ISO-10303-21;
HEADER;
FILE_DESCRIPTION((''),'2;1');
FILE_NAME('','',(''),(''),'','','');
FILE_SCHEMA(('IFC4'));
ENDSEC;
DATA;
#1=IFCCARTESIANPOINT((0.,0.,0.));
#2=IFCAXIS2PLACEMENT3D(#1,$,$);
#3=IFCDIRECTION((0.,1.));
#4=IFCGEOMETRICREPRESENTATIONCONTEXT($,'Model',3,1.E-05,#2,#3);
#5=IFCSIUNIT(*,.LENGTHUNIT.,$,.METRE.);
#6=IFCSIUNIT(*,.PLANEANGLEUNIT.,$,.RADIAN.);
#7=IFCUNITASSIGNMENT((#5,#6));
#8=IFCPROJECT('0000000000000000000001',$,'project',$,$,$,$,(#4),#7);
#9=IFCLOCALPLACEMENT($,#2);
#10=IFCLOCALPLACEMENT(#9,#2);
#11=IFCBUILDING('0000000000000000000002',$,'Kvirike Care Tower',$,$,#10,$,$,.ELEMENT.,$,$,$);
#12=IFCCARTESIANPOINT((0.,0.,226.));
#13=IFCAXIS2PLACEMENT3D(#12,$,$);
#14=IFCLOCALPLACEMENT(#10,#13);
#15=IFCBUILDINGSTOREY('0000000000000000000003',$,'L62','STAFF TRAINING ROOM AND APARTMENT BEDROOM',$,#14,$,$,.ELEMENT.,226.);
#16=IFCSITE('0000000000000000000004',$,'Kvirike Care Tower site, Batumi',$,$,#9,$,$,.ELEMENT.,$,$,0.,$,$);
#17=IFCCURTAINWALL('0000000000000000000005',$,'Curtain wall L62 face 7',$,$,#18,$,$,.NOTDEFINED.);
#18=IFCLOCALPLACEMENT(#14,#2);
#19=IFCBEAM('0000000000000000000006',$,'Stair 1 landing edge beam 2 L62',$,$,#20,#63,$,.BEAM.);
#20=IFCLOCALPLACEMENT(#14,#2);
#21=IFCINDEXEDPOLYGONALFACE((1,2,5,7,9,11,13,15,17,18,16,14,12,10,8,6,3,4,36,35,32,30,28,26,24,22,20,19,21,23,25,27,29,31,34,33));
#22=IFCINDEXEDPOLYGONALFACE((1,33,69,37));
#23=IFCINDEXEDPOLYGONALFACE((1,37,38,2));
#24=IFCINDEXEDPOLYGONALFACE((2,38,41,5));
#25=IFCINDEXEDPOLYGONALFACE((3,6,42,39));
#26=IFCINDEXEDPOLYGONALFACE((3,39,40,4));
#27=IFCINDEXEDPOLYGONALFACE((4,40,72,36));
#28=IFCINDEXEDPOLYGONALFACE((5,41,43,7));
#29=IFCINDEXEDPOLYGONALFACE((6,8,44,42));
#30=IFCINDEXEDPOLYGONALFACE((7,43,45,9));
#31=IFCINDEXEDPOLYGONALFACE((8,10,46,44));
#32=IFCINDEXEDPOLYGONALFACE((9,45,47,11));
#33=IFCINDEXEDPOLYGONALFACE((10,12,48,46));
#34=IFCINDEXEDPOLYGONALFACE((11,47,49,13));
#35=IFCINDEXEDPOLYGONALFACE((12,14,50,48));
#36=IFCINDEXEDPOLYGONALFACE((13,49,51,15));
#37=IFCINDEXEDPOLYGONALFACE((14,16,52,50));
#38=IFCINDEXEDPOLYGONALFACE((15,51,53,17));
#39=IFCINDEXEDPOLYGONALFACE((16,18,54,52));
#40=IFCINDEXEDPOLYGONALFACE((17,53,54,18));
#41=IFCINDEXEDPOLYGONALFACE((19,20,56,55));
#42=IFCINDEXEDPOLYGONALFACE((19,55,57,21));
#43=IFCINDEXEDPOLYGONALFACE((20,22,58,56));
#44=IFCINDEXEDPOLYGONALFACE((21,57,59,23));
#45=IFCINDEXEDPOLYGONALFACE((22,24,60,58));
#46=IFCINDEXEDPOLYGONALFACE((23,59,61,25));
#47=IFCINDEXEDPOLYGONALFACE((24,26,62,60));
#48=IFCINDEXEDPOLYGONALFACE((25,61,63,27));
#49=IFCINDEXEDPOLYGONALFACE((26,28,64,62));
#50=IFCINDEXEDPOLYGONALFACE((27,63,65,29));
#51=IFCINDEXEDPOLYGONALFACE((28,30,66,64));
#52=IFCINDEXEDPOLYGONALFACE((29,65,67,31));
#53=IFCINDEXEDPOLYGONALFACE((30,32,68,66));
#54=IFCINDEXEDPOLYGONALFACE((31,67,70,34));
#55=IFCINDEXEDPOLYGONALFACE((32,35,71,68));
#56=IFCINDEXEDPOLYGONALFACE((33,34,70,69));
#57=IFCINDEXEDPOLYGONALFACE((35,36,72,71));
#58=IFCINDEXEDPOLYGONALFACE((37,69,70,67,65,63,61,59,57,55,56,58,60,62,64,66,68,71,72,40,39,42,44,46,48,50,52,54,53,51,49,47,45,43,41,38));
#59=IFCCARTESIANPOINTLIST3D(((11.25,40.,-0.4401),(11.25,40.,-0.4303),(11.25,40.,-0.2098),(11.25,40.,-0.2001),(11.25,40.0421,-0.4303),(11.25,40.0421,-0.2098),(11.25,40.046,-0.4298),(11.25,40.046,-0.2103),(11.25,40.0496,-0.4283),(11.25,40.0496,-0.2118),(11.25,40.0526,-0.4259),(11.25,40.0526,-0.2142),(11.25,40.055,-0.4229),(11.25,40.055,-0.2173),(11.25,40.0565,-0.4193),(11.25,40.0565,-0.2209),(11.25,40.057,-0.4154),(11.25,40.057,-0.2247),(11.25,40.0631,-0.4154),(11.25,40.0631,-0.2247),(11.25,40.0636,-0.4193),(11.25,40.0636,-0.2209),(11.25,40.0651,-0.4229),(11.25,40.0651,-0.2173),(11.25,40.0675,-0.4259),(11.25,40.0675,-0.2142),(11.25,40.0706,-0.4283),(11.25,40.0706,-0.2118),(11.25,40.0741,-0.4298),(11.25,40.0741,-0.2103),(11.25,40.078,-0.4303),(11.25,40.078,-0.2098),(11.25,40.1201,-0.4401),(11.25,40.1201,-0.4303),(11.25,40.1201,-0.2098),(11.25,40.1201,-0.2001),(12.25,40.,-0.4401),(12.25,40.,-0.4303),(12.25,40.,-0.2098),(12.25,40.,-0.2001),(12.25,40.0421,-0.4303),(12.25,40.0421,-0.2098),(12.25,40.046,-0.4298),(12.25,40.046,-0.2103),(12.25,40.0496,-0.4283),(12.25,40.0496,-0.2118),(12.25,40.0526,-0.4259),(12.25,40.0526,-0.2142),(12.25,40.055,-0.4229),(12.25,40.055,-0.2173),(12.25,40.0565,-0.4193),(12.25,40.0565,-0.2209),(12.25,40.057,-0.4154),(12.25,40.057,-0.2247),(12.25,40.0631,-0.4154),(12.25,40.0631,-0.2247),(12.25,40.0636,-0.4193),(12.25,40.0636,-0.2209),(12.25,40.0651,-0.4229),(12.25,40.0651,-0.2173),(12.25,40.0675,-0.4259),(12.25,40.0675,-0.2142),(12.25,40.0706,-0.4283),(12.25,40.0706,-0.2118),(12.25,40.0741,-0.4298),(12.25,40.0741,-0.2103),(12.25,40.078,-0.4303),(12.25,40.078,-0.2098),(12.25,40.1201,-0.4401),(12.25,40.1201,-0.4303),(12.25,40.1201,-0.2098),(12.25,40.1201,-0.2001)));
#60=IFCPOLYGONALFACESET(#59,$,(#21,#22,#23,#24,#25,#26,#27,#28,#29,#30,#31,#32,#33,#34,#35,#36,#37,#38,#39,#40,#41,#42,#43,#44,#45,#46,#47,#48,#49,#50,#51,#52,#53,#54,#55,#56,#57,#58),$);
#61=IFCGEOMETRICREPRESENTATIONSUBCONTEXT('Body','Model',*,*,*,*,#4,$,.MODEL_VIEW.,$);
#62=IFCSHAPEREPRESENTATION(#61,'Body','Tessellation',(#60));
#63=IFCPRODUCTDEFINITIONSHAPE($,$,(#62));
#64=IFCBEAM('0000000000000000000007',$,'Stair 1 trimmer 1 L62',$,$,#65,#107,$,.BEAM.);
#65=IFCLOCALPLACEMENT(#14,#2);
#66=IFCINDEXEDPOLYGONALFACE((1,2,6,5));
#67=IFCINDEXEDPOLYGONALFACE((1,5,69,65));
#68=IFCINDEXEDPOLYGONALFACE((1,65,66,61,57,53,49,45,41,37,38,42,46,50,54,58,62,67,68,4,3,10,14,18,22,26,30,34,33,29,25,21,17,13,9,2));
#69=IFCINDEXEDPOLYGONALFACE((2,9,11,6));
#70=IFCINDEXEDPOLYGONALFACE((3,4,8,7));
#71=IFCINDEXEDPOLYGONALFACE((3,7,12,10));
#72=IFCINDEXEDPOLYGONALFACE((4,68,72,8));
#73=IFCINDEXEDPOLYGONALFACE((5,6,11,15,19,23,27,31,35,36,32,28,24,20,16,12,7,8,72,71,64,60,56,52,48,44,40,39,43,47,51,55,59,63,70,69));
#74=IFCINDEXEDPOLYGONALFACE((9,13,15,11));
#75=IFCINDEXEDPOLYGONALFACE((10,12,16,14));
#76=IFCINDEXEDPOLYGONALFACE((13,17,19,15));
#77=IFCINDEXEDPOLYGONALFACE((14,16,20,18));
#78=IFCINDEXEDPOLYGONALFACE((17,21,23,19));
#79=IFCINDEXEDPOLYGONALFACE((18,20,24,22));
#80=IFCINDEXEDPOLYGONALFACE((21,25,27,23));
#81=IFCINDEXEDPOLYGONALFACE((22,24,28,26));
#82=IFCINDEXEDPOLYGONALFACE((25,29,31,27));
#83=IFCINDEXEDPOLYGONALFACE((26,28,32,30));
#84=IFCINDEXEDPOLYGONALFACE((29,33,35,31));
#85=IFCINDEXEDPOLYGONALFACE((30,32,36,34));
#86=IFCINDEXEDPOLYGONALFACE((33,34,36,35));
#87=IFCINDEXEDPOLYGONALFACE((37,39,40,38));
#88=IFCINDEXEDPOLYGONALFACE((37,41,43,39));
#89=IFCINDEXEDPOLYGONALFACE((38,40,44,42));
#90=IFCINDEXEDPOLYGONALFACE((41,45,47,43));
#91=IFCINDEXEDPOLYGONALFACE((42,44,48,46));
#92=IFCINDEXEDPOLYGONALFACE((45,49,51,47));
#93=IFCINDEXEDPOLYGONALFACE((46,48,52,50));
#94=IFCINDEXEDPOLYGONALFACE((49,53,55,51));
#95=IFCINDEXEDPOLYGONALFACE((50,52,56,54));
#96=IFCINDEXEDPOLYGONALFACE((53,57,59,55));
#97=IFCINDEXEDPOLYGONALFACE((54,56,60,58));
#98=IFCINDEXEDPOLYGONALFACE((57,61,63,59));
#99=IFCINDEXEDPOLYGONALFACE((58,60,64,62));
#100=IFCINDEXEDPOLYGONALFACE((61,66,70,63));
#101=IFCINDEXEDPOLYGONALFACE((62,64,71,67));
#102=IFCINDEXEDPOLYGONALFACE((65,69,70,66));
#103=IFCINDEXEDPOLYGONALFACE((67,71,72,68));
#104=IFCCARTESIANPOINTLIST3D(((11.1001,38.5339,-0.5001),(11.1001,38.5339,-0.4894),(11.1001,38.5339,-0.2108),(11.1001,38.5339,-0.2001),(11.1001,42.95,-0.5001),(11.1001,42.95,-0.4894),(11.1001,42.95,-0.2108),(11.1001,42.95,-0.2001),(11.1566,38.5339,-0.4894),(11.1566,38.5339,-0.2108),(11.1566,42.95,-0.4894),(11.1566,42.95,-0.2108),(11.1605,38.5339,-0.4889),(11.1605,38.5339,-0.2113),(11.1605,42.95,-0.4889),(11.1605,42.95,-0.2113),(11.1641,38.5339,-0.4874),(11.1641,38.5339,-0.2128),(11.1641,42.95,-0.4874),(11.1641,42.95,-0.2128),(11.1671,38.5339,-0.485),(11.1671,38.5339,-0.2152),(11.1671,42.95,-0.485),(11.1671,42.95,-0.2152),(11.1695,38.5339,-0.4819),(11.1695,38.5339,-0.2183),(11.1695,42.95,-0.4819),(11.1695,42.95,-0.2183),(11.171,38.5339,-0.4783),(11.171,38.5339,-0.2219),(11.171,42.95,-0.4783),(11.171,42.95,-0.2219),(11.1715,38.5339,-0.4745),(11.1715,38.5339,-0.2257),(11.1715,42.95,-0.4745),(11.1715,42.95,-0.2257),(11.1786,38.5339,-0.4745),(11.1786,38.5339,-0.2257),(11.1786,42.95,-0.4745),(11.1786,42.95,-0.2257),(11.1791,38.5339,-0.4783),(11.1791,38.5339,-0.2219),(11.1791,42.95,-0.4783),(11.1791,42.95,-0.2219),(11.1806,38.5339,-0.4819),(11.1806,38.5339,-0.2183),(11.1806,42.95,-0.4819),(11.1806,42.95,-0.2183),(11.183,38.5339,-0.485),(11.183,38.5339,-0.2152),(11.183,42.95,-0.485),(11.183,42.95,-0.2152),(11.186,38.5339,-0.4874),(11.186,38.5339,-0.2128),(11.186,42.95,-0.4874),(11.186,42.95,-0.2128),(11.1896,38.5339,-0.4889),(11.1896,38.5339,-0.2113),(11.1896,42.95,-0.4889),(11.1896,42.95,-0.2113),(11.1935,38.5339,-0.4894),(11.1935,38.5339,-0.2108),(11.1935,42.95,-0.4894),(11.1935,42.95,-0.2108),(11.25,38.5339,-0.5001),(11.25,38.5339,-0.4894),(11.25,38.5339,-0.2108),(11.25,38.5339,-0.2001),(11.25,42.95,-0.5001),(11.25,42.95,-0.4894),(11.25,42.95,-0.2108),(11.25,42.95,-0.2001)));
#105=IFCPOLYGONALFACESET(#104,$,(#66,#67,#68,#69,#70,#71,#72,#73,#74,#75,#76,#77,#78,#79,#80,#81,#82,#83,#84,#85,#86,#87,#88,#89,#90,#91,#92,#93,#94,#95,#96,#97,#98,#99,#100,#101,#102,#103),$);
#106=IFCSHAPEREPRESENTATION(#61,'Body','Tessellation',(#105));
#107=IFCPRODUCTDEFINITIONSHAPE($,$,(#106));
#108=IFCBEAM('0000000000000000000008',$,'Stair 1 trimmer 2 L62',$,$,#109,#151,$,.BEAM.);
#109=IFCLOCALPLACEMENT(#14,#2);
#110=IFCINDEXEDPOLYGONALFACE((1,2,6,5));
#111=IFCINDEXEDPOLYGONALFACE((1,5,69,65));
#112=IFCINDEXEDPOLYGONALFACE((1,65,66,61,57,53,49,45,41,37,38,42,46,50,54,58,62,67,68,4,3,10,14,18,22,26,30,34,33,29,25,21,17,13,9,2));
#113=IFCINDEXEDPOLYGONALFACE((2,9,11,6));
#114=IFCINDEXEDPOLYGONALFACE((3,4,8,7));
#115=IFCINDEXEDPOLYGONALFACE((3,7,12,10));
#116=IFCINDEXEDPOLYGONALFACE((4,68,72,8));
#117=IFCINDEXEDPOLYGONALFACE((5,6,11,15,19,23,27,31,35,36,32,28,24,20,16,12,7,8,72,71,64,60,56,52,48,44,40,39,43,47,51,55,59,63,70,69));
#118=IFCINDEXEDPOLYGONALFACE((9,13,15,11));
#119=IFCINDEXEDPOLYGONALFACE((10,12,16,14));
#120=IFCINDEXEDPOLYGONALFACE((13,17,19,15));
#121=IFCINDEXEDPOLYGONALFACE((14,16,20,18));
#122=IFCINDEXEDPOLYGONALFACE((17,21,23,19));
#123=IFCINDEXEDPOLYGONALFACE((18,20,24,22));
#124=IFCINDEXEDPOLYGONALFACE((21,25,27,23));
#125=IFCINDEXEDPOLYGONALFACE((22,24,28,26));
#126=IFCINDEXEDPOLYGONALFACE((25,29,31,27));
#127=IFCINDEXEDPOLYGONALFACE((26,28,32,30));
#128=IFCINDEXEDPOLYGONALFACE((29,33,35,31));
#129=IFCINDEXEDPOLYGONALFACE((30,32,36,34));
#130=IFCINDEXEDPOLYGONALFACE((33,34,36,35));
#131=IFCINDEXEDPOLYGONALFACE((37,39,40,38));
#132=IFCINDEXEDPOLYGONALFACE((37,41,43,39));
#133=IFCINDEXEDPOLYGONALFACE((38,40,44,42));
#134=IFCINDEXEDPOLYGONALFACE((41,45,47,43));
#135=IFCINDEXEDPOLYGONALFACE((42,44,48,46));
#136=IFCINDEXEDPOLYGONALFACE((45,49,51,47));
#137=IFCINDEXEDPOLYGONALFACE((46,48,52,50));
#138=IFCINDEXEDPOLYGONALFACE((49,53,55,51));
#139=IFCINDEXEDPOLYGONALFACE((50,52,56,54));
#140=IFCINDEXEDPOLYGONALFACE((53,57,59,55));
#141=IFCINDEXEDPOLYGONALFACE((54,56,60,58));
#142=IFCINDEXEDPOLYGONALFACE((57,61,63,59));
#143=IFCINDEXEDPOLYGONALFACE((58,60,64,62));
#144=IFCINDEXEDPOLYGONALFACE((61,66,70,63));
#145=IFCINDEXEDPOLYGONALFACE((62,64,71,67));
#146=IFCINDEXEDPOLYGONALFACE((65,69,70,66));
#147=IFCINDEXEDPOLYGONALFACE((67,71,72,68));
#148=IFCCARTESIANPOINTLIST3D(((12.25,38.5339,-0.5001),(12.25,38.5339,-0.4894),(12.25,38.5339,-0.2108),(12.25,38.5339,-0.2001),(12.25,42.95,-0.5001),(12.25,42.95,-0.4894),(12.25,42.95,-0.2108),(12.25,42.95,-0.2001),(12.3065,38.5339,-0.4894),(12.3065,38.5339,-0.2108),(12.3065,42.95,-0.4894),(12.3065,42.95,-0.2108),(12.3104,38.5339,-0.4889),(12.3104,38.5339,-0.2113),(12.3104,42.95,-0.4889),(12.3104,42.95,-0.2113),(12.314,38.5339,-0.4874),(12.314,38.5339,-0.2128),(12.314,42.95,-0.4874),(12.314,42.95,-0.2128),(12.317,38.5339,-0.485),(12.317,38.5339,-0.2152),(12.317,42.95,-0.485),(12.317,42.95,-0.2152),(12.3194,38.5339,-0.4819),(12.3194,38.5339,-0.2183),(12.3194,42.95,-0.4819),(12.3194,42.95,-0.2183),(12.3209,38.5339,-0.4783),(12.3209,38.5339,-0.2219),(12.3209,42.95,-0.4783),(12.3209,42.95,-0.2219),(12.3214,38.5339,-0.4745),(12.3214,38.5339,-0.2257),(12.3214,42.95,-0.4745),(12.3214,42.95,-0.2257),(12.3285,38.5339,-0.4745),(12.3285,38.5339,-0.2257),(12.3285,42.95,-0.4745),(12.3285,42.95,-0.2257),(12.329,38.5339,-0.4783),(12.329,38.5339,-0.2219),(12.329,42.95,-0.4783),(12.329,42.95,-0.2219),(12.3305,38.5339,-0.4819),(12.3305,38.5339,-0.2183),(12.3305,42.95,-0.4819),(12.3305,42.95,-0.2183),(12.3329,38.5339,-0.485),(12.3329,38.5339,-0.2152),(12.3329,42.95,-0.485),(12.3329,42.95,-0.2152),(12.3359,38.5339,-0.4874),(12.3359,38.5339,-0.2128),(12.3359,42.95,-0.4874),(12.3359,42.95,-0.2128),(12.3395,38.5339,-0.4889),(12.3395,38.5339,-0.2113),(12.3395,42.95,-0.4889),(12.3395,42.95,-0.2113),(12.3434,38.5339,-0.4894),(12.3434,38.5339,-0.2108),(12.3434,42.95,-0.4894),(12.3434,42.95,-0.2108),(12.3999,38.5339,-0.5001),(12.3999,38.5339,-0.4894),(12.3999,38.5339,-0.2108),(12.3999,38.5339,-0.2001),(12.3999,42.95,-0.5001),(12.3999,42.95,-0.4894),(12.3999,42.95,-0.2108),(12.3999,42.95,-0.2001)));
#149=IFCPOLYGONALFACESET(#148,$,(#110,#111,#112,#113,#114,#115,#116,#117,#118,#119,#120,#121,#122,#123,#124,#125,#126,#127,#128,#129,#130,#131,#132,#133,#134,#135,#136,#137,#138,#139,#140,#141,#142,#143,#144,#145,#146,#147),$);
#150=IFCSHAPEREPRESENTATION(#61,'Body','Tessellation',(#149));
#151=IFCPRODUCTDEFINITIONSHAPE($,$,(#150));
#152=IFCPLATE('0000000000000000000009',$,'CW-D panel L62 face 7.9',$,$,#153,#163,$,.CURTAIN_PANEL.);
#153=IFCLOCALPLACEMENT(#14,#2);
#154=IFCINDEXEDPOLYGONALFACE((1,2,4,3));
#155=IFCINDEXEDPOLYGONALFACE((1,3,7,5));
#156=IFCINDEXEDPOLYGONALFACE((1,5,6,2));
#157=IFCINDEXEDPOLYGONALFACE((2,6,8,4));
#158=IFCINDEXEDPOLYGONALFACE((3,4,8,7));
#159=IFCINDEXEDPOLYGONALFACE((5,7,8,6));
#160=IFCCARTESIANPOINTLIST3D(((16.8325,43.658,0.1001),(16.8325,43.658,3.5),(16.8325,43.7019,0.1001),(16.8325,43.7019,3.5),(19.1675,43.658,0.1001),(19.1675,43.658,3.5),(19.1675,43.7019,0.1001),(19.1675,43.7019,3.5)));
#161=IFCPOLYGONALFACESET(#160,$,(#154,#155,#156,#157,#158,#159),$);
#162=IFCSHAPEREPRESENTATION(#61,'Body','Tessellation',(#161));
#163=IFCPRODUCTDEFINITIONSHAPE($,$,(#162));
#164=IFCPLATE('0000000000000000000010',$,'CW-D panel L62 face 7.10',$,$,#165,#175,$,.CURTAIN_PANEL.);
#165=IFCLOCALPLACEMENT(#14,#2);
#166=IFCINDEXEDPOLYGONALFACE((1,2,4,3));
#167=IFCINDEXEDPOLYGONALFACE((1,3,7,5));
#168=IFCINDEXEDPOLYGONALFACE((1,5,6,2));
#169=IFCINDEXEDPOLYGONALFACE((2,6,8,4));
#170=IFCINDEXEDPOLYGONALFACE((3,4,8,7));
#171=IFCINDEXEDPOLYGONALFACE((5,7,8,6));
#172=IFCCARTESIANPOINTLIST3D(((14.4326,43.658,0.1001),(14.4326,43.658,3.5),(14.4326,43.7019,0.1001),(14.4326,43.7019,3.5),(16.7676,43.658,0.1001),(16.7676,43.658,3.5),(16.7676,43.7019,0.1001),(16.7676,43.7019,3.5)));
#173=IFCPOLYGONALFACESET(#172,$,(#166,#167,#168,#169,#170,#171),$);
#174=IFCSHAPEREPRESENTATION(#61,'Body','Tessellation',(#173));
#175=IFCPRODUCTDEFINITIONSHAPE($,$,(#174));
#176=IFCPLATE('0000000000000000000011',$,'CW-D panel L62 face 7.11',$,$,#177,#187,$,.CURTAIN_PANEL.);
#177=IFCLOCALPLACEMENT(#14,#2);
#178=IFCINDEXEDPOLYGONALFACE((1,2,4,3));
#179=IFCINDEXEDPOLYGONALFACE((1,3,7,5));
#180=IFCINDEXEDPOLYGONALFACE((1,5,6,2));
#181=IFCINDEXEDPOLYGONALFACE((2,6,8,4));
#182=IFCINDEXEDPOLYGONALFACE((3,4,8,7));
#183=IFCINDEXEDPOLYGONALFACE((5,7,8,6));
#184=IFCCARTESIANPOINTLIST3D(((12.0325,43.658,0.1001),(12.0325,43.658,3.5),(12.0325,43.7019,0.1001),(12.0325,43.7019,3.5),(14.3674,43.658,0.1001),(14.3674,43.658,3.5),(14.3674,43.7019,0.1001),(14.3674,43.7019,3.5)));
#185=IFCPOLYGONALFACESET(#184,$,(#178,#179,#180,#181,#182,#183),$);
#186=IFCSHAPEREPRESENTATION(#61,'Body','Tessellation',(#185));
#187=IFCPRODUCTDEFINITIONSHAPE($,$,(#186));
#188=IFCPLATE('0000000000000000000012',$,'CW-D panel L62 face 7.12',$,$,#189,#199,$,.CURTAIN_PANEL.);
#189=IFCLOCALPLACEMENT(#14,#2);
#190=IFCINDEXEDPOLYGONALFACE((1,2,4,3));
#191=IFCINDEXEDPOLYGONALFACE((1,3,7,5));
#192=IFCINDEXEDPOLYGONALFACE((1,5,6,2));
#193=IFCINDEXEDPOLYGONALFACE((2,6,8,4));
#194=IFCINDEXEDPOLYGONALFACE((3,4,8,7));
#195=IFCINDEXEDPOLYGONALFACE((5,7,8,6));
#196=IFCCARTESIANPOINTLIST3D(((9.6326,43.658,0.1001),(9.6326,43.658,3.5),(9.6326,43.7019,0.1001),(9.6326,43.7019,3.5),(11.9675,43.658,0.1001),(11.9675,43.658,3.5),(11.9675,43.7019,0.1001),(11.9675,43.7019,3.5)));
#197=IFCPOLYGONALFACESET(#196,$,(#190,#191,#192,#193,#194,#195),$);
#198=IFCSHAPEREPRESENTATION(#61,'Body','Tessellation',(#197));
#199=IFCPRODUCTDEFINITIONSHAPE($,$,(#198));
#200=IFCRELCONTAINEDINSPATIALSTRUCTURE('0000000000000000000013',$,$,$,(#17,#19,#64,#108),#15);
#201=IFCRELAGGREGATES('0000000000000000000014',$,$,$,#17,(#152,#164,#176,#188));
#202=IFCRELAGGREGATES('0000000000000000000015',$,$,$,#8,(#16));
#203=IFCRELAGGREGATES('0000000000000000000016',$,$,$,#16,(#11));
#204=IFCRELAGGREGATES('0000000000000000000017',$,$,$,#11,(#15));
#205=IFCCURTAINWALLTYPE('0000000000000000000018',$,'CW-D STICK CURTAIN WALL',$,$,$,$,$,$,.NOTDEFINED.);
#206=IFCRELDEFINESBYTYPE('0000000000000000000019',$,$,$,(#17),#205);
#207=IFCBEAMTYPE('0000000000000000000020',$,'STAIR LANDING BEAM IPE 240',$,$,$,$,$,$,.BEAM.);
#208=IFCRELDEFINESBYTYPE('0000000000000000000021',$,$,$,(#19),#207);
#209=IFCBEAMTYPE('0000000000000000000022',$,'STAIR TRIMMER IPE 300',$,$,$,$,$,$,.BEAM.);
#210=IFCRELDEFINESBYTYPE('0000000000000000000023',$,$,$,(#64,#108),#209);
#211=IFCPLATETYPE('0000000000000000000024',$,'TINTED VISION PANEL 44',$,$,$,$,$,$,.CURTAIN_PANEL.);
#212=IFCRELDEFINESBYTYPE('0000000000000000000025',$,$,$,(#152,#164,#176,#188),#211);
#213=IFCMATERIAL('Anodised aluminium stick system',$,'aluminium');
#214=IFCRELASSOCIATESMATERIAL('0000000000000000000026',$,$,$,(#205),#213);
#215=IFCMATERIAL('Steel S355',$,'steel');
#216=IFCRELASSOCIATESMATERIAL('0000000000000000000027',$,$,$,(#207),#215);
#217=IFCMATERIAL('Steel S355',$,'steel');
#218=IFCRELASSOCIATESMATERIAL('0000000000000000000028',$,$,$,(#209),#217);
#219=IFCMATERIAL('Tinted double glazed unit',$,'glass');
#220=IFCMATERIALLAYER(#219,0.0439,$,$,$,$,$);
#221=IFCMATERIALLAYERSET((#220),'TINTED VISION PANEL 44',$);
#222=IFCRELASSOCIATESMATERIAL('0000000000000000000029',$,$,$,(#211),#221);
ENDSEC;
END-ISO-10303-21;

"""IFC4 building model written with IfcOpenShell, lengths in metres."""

from ifc_helpers import new_model, si_unit, direction, frame, origin, origin_2d, place, context, subcontext, project, spatial, rectangle, i_section, extrude, material, layer, layer_set, material_profile, profile_set, type_object, element, aggregate, save


model = new_model("IFC4")

# Units and contexts
model_context = context("Model", 3, precision=1e-05, world=origin(), true_north=direction((0.0, 1.0)))
body_context = subcontext(model_context, "Body", "Model", "MODEL_VIEW")
ifc_project = project(units=[si_unit("LENGTHUNIT", "METRE"), si_unit("PLANEANGLEUNIT", "RADIAN")], contexts=[model_context])

# Site, building, storey
site_placement = place(None, origin())
site = spatial("IfcSite", under=ifc_project, at=site_placement, Name="Kvirike Care Tower site, Batumi", CompositionType="ELEMENT", RefElevation=0.0)
building_placement = place(site_placement, origin())
building = spatial("IfcBuilding", under=site, at=building_placement, Name="Kvirike Care Tower", CompositionType="ELEMENT")
storey_placement = place(building_placement, frame((0.0, 0.0, 226.0)))
storey = spatial("IfcBuildingStorey", under=building, at=storey_placement, Name="L62", Description="STAFF TRAINING ROOM AND APARTMENT BEDROOM", CompositionType="ELEMENT", Elevation=226.0)

# Curtain wall
ifc_material_1 = material(Name="Anodised aluminium stick system", Category="aluminium")
curtain_wall_type = type_object("IfcCurtainWallType", Name="CW-D STICK CURTAIN WALL", PredefinedType="NOTDEFINED", material=ifc_material_1)
curtain_wall_placement = place(storey_placement, origin())
curtain_wall = element("IfcCurtainWall", 1, at=curtain_wall_placement, inside=storey, type_object=curtain_wall_type, Name="Curtain wall L62 face 7", PredefinedType="NOTDEFINED")

# Beams
ifc_material_2 = material(Name="Steel S355", Category="steel")
ifc_material_profile_1 = material_profile(ifc_material_2, i_section(OverallWidth=0.1201, OverallDepth=0.24, WebThickness=0.0061, FlangeThickness=0.0098, FilletRadius=0.0149, at=origin_2d()), Name="IPE 240")
ifc_profile_set_1 = profile_set([ifc_material_profile_1], Name="Steel S355")
beam_type_1 = type_object("IfcBeamType", Name="STAIR LANDING BEAM IPE 240", PredefinedType="BEAM", material=ifc_profile_set_1)
for number, where, z_axis, x_axis, name in (
    (2, (11.25, 40.0601, -0.3201), (1.0, 0.0, 0.0), (0.0, 1.0, 0.0), "Stair 1 landing edge beam 2 L62"),
):
    element("IfcBeam", number, at=place(storey_placement, frame(where, z_axis=z_axis, x_axis=x_axis)), inside=storey, type_object=beam_type_1, Name=name, PredefinedType="BEAM", context=body_context, shape_type="SweptSolid", body=[
        extrude(i_section(OverallWidth=0.1201, OverallDepth=0.24, WebThickness=0.0061, FlangeThickness=0.0098, FilletRadius=0.0149, at=origin_2d()), origin(), (0.0, 0.0, 1.0), 1.0),
    ])
ifc_material_3 = material(Name="Steel S355", Category="steel")
ifc_material_profile_2 = material_profile(ifc_material_3, i_section(OverallWidth=0.1499, OverallDepth=0.3, WebThickness=0.0071, FlangeThickness=0.0107, FilletRadius=0.0149, at=origin_2d()), Name="IPE 300")
ifc_profile_set_2 = profile_set([ifc_material_profile_2], Name="Steel S355")
beam_type_2 = type_object("IfcBeamType", Name="STAIR TRIMMER IPE 300", PredefinedType="BEAM", material=ifc_profile_set_2)
for number, where, z_axis, x_axis, name in (
    (3, (11.175, 42.95, -0.3501), (0.0, -1.0, 0.0), (1.0, 0.0, 0.0), "Stair 1 trimmer 1 L62"),
    (4, (12.325, 42.95, -0.3501), (0.0, -1.0, 0.0), (1.0, 0.0, 0.0), "Stair 1 trimmer 2 L62"),
):
    element("IfcBeam", number, at=place(storey_placement, frame(where, z_axis=z_axis, x_axis=x_axis)), inside=storey, type_object=beam_type_2, Name=name, PredefinedType="BEAM", context=body_context, shape_type="SweptSolid", body=[
        extrude(i_section(OverallWidth=0.1499, OverallDepth=0.3, WebThickness=0.0071, FlangeThickness=0.0107, FilletRadius=0.0149, at=origin_2d()), origin(), (0.0, 0.0, 1.0), 4.416),
    ])

# Plates
ifc_material_4 = material(Name="Tinted double glazed unit", Category="glass")
ifc_layer_1 = layer(ifc_material_4, 0.0439)
ifc_layer_set_1 = layer_set([ifc_layer_1], Name="TINTED VISION PANEL 44")
plate_type = type_object("IfcPlateType", Name="TINTED VISION PANEL 44", PredefinedType="CURTAIN_PANEL", material=ifc_layer_set_1)
plate_1_placement = place(storey_placement, frame((18.0, 43.6799, 0.1001), z_axis=(0.0, 0.0, 1.0), x_axis=(-1.0, 0.0, 0.0)))
plate_1 = element("IfcPlate", 5, at=plate_1_placement, type_object=plate_type, Name="CW-D panel L62 face 7.9", PredefinedType="CURTAIN_PANEL", context=body_context, shape_type="SweptSolid", body=[
    extrude(rectangle(XDim=2.335, YDim=0.0439, at=origin_2d()), origin(), (0.0, 0.0, 1.0), 3.3999),
])
plate_2_placement = place(storey_placement, frame((15.6001, 43.6799, 0.1001), z_axis=(0.0, 0.0, 1.0), x_axis=(-1.0, 0.0, 0.0)))
plate_2 = element("IfcPlate", 6, at=plate_2_placement, type_object=plate_type, Name="CW-D panel L62 face 7.10", PredefinedType="CURTAIN_PANEL", context=body_context, shape_type="SweptSolid", body=[
    extrude(rectangle(XDim=2.335, YDim=0.0439, at=origin_2d()), origin(), (0.0, 0.0, 1.0), 3.3999),
])
plate_3_placement = place(storey_placement, frame((13.2, 43.6799, 0.1001), z_axis=(0.0, 0.0, 1.0), x_axis=(-1.0, 0.0, 0.0)))
plate_3 = element("IfcPlate", 7, at=plate_3_placement, type_object=plate_type, Name="CW-D panel L62 face 7.11", PredefinedType="CURTAIN_PANEL", context=body_context, shape_type="SweptSolid", body=[
    extrude(rectangle(XDim=2.335, YDim=0.0439, at=origin_2d()), origin(), (0.0, 0.0, 1.0), 3.3999),
])
plate_4_placement = place(storey_placement, frame((10.8, 43.6799, 0.1001), z_axis=(0.0, 0.0, 1.0), x_axis=(-1.0, 0.0, 0.0)))
plate_4 = element("IfcPlate", 8, at=plate_4_placement, type_object=plate_type, Name="CW-D panel L62 face 7.12", PredefinedType="CURTAIN_PANEL", context=body_context, shape_type="SweptSolid", body=[
    extrude(rectangle(XDim=2.335, YDim=0.0439, at=origin_2d()), origin(), (0.0, 0.0, 1.0), 3.3999),
])
aggregate(curtain_wall, [plate_1, plate_2, plate_3, plate_4])

save(model, "model.ifc")
